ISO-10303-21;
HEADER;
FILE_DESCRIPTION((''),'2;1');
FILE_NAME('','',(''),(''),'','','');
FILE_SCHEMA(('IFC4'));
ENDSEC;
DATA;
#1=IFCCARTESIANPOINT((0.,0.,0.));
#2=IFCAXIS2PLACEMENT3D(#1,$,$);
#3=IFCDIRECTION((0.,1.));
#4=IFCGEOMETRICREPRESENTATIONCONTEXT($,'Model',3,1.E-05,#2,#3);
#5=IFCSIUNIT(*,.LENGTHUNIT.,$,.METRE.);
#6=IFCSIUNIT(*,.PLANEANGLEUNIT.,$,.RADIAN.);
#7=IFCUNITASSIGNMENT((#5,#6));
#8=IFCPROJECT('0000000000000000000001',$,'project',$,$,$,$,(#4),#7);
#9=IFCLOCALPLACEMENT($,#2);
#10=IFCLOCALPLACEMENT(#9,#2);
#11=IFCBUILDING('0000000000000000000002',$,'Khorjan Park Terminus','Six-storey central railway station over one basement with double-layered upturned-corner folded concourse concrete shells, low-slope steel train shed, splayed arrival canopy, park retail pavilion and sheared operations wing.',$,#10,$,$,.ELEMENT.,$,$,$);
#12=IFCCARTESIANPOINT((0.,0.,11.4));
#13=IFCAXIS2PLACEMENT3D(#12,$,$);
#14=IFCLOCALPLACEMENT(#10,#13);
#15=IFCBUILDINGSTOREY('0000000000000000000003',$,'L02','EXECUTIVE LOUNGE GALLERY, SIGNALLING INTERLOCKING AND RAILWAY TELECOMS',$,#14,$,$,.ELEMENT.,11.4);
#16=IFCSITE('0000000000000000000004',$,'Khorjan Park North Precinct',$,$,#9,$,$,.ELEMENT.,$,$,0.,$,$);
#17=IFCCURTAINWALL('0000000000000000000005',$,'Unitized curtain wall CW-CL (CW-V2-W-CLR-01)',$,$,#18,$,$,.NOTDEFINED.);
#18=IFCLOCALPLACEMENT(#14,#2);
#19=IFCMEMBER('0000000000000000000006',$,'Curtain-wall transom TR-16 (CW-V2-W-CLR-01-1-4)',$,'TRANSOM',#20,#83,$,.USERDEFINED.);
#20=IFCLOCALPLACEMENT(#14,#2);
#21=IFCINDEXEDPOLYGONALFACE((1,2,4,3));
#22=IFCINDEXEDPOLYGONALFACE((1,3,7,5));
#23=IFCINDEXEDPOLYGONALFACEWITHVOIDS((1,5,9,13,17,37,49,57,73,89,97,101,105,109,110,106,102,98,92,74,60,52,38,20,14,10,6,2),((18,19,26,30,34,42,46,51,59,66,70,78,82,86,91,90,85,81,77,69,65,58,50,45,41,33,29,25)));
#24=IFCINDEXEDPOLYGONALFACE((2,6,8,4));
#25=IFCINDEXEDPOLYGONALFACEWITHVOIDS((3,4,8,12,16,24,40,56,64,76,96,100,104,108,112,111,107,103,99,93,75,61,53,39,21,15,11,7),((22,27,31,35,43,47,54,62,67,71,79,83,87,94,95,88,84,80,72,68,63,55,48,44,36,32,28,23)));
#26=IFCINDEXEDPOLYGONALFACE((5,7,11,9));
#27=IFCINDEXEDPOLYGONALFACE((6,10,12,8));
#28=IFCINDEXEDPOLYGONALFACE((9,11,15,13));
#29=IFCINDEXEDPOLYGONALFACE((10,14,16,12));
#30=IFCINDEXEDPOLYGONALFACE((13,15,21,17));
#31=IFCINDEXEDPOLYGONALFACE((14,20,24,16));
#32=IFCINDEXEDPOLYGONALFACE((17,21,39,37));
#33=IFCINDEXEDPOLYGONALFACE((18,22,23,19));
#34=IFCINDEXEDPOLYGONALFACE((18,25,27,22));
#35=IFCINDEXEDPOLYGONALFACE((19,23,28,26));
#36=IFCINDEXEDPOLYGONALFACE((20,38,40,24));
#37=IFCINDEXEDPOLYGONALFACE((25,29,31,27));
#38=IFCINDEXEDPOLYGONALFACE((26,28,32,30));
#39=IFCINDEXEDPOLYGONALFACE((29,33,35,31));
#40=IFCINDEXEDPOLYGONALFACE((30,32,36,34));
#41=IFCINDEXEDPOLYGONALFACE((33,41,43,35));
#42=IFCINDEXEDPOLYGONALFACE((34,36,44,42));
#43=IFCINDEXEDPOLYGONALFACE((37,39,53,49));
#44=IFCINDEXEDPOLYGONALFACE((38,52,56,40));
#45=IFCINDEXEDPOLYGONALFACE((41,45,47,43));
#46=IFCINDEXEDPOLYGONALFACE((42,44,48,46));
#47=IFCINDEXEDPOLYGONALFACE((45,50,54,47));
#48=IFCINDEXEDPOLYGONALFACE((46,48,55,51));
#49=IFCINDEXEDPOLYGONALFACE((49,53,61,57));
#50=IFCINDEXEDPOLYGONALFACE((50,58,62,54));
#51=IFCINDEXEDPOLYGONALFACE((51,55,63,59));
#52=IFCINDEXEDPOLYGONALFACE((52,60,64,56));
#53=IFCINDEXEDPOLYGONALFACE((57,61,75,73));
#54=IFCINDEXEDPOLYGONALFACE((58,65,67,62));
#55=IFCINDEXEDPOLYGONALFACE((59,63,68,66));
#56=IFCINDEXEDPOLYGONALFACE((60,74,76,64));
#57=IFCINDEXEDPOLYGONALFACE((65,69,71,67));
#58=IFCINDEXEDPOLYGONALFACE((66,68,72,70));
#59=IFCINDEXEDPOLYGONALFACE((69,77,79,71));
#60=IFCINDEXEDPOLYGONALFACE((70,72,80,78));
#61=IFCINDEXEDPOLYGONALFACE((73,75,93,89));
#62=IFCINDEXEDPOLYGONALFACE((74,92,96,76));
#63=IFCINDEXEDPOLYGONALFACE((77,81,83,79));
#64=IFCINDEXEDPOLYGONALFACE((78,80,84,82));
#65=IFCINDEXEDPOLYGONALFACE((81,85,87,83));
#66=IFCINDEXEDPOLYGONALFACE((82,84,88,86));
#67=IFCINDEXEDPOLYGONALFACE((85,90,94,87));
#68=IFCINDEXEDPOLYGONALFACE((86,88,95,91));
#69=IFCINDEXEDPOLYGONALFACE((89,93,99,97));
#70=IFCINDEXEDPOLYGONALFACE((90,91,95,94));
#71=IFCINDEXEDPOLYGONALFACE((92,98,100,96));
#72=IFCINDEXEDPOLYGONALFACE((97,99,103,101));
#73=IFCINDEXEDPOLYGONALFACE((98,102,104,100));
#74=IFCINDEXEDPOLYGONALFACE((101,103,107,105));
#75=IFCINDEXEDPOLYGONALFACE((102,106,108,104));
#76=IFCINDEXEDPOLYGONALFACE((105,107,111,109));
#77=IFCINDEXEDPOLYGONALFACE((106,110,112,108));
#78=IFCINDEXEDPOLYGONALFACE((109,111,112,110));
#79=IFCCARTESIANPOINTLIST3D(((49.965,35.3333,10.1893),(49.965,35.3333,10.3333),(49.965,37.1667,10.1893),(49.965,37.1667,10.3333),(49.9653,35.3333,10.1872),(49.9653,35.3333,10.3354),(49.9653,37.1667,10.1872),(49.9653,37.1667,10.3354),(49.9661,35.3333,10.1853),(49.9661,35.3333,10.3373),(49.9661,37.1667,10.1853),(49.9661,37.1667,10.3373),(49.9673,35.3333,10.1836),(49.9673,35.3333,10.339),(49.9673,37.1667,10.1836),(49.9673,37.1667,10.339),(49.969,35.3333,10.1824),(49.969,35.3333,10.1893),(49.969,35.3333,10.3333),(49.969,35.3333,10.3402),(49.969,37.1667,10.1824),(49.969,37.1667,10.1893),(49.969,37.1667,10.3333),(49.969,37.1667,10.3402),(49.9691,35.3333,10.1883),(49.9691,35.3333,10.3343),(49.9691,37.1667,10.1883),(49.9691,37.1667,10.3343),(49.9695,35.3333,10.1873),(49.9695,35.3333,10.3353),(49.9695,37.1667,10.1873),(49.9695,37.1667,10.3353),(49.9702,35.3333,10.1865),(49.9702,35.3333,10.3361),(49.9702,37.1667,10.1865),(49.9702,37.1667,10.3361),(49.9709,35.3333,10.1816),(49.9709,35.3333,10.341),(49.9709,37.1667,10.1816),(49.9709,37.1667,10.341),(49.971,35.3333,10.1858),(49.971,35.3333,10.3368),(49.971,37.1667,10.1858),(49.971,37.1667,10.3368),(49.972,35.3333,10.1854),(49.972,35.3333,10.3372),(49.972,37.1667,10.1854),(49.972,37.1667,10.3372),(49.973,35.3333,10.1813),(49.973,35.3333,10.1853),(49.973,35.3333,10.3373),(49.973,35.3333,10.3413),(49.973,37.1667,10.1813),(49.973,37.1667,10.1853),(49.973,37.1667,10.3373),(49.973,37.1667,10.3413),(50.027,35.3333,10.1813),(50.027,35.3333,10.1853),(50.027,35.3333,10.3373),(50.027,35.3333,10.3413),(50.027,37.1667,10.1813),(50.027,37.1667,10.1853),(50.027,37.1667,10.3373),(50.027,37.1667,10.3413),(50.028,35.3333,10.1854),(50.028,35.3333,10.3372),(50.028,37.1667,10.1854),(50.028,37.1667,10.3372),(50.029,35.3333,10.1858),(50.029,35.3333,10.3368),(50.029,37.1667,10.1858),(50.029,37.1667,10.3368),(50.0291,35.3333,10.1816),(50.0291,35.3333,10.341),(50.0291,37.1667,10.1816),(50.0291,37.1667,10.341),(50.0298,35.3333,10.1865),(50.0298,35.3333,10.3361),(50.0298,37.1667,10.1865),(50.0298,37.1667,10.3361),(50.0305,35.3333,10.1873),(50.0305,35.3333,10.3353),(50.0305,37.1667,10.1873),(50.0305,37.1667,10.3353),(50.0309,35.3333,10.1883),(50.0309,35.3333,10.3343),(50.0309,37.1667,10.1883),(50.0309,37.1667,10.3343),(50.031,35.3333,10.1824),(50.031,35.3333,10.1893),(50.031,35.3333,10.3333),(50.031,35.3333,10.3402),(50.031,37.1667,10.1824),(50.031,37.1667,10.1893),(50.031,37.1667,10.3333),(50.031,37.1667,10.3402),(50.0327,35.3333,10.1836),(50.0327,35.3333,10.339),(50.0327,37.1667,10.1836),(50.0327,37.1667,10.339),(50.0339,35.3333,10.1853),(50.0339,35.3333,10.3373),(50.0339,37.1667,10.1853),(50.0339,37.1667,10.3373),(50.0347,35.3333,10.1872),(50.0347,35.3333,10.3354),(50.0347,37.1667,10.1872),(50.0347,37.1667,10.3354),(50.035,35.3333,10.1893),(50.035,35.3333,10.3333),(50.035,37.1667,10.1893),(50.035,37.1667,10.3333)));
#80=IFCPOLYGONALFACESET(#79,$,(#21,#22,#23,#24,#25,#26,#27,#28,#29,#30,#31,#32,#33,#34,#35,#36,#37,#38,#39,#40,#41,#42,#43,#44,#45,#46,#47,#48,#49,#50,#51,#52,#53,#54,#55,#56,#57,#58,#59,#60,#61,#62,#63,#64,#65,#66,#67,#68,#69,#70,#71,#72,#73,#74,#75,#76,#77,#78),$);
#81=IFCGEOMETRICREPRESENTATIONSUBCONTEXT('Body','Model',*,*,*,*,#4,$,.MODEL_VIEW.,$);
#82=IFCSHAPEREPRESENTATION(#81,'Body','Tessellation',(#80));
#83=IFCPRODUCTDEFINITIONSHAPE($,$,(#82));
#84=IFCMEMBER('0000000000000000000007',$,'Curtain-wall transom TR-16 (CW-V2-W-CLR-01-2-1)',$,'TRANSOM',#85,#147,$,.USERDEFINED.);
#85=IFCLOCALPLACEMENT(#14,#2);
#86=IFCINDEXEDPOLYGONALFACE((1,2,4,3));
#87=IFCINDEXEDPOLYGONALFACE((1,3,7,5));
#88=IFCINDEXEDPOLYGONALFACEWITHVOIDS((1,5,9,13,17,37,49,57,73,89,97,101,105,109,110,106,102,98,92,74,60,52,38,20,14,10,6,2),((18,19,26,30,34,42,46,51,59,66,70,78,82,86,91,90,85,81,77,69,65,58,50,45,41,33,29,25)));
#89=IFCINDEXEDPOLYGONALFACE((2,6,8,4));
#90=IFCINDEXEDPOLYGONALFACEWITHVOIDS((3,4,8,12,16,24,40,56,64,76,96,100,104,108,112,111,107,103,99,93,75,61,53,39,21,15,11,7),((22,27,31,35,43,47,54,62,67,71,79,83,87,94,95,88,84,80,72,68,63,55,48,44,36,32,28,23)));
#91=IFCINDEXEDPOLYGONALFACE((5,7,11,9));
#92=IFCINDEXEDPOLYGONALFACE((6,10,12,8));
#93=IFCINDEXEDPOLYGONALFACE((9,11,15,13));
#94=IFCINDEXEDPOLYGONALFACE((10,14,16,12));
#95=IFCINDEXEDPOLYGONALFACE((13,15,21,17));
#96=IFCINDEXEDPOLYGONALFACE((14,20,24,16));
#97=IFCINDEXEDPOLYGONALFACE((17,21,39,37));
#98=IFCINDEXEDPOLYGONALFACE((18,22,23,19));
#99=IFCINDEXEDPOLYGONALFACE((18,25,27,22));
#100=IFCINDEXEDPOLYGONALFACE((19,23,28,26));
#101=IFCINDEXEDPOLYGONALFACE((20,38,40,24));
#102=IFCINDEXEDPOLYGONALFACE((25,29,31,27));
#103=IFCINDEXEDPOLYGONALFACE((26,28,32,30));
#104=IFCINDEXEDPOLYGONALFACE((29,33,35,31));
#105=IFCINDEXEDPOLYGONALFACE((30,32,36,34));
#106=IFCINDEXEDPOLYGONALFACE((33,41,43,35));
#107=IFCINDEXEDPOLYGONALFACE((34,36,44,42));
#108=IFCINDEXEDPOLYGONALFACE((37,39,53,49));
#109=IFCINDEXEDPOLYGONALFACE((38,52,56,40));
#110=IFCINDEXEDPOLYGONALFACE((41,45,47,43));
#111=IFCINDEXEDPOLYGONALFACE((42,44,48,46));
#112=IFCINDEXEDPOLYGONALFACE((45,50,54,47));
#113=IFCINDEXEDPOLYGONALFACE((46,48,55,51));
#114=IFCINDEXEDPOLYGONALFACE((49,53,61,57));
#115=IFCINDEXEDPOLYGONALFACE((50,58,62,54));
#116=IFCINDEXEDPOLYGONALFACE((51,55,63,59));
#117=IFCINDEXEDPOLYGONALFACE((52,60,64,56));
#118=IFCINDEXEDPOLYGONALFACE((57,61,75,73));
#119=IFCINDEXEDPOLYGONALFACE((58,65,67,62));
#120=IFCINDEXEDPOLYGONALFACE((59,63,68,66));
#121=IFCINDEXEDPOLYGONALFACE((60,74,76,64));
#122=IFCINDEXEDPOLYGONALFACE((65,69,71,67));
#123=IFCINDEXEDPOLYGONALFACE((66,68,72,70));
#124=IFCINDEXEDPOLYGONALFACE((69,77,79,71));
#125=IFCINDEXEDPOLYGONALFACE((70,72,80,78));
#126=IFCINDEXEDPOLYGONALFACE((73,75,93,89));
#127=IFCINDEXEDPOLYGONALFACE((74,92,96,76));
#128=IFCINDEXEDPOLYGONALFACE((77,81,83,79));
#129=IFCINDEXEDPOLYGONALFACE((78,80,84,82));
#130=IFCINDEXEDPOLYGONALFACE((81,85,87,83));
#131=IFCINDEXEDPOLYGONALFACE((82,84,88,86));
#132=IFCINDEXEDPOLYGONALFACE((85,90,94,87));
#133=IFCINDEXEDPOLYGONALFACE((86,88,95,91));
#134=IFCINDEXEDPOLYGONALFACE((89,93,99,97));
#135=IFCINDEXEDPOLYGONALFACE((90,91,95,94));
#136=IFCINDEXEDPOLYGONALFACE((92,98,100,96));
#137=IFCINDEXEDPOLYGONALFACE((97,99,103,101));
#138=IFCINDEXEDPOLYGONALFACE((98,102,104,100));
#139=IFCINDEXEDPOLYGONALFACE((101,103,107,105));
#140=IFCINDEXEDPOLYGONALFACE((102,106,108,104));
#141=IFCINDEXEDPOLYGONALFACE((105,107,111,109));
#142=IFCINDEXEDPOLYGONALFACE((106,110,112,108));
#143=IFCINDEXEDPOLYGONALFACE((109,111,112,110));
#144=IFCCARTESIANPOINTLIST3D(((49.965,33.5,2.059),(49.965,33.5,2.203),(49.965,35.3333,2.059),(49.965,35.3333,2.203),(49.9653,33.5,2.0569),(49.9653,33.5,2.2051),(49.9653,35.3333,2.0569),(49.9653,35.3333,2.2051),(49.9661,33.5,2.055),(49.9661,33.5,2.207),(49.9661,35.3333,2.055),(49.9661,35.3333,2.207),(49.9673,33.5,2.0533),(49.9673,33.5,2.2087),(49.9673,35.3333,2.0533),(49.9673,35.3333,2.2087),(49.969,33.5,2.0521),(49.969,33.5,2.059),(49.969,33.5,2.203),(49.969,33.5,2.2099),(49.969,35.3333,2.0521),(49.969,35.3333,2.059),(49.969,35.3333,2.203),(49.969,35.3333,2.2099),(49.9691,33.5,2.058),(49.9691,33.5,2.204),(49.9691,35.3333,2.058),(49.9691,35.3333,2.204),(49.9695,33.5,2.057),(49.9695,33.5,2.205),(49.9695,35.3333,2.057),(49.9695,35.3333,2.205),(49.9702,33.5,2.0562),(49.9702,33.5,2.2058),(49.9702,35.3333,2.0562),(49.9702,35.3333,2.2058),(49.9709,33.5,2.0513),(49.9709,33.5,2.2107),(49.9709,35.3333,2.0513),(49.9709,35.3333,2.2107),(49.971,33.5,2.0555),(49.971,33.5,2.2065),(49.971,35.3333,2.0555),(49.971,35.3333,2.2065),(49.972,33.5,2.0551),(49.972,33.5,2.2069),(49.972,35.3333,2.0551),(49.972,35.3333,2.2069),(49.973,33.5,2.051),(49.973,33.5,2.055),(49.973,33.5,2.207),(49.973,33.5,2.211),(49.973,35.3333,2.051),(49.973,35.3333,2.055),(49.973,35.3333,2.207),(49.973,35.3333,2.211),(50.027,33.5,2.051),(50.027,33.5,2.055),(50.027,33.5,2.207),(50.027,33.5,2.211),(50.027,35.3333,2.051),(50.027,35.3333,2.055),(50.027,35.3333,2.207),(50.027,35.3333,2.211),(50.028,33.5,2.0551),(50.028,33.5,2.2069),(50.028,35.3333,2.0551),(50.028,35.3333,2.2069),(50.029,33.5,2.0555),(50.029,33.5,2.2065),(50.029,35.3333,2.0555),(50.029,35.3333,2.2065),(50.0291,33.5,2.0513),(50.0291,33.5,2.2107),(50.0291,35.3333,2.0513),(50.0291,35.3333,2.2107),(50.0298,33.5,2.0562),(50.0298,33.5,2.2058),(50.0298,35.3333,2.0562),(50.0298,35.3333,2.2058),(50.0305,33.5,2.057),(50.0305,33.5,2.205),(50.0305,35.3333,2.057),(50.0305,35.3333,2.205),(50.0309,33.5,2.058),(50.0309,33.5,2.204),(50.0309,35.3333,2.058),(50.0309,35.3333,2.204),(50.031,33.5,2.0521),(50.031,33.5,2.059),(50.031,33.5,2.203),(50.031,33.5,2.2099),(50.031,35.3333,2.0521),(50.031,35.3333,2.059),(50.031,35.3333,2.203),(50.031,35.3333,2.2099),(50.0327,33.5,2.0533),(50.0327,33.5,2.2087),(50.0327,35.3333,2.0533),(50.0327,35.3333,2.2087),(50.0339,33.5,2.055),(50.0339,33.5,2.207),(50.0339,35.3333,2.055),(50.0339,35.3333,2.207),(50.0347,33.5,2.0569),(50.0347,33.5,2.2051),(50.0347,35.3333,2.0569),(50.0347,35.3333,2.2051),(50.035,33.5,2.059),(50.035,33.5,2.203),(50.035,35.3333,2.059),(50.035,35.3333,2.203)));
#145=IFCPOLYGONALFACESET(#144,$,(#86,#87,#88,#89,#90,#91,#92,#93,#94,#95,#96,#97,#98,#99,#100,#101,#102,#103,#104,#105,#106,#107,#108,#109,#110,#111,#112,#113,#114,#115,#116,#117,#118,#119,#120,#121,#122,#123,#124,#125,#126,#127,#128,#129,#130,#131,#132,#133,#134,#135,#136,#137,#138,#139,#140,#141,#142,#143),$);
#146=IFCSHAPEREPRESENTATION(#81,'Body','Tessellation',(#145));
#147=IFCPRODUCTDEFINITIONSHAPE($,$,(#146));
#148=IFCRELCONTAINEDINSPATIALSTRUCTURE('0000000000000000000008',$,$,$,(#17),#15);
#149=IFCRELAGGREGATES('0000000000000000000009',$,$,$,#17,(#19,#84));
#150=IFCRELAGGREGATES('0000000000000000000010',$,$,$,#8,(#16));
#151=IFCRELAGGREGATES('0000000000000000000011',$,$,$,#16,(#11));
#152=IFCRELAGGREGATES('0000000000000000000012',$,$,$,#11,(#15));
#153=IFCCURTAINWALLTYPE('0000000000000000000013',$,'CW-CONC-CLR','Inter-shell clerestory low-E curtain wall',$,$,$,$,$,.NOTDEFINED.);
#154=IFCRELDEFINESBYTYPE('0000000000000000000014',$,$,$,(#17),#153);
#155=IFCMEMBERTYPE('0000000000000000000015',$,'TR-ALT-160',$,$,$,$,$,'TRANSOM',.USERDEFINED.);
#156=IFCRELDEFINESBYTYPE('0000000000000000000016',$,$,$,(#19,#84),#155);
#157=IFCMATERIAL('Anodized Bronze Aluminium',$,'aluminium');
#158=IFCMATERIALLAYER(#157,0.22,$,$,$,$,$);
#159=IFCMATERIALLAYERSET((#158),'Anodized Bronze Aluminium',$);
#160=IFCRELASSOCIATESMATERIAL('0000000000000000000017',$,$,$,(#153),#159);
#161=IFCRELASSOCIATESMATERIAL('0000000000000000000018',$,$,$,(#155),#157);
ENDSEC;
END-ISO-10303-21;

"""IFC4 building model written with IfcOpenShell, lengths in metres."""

from ifc_helpers import new_model, si_unit, direction, frame, origin, origin_2d, place, context, subcontext, project, spatial, hollow_rectangle, extrude, material, layer, layer_set, material_profile, profile_set, type_object, element, aggregate, save


model = new_model("IFC4")

# Units and contexts
model_context = context("Model", 3, precision=1e-05, world=origin(), true_north=direction((0.0, 1.0)))
body_context = subcontext(model_context, "Body", "Model", "MODEL_VIEW")
ifc_project = project(units=[si_unit("LENGTHUNIT", "METRE"), si_unit("PLANEANGLEUNIT", "RADIAN")], contexts=[model_context])

# Site, building, storey
site_placement = place(None, origin())
site = spatial("IfcSite", under=ifc_project, at=site_placement, Name="Khorjan Park North Precinct", CompositionType="ELEMENT", RefElevation=0.0)
building_placement = place(site_placement, origin())
building = spatial("IfcBuilding", under=site, at=building_placement, Name="Khorjan Park Terminus", Description="Six-storey central railway station over one basement with double-layered upturned-corner folded concourse concrete shells, low-slope steel train shed, splayed arrival canopy, park retail pavilion and sheared operations wing.", CompositionType="ELEMENT")
storey_placement = place(building_placement, frame((0.0, 0.0, 11.4)))
storey = spatial("IfcBuildingStorey", under=building, at=storey_placement, Name="L02", Description="EXECUTIVE LOUNGE GALLERY, SIGNALLING INTERLOCKING AND RAILWAY TELECOMS", CompositionType="ELEMENT", Elevation=11.4)

# Curtain wall, members
ifc_material_1 = material(Name="Anodized Bronze Aluminium", Category="aluminium")
ifc_layer_1 = layer(ifc_material_1, 0.22)
ifc_layer_set_1 = layer_set([ifc_layer_1], Name="Anodized Bronze Aluminium")
curtain_wall_type = type_object("IfcCurtainWallType", Name="CW-CONC-CLR", Description="Inter-shell clerestory low-E curtain wall", PredefinedType="NOTDEFINED", material=ifc_layer_set_1)
curtain_wall_1_placement = place(storey_placement, origin())
curtain_wall_1 = element("IfcCurtainWall", 1, at=curtain_wall_1_placement, inside=storey, type_object=curtain_wall_type, Name="Unitized curtain wall CW-CL (CW-V2-W-CLR-01)", PredefinedType="NOTDEFINED")
ifc_material_profile_1 = material_profile(ifc_material_1, hollow_rectangle(XDim=0.07, YDim=0.16, WallThickness=0.004, InnerFilletRadius=0.004, OuterFilletRadius=0.008, at=origin_2d()), Name="ALT 70x160x4")
ifc_profile_set_1 = profile_set([ifc_material_profile_1], Name="Anodized Bronze Aluminium")
member_type_1 = type_object("IfcMemberType", Name="TR-ALT-160", ElementType="TRANSOM", PredefinedType="USERDEFINED", material=ifc_profile_set_1)
member_1_placement = place(storey_placement, frame((50.0, 37.1667, 10.2613), z_axis=(0.0, -1.0, 0.0), x_axis=(1.0, 0.0, 0.0)))
member_1 = element("IfcMember", 2, at=member_1_placement, type_object=member_type_1, Name="Curtain-wall transom TR-16 (CW-V2-W-CLR-01-1-4)", ObjectType="TRANSOM", PredefinedType="USERDEFINED", context=body_context, shape_type="SweptSolid", body=[
    extrude(hollow_rectangle(XDim=0.07, YDim=0.16, WallThickness=0.004, InnerFilletRadius=0.004, OuterFilletRadius=0.008, at=origin_2d()), origin(), (0.0, 0.0, 1.0), 1.8334),
])
member_2_placement = place(storey_placement, frame((50.0, 35.3333, 2.131), z_axis=(0.0, -1.0, 0.0), x_axis=(1.0, 0.0, 0.0)))
member_2 = element("IfcMember", 3, at=member_2_placement, type_object=member_type_1, Name="Curtain-wall transom TR-16 (CW-V2-W-CLR-01-2-1)", ObjectType="TRANSOM", PredefinedType="USERDEFINED", context=body_context, shape_type="SweptSolid", body=[
    extrude(hollow_rectangle(XDim=0.07, YDim=0.16, WallThickness=0.004, InnerFilletRadius=0.004, OuterFilletRadius=0.008, at=origin_2d()), origin(), (0.0, 0.0, 1.0), 1.8333),
])

aggregate(curtain_wall_1, [member_1, member_2])

save(model, "model.ifc")
